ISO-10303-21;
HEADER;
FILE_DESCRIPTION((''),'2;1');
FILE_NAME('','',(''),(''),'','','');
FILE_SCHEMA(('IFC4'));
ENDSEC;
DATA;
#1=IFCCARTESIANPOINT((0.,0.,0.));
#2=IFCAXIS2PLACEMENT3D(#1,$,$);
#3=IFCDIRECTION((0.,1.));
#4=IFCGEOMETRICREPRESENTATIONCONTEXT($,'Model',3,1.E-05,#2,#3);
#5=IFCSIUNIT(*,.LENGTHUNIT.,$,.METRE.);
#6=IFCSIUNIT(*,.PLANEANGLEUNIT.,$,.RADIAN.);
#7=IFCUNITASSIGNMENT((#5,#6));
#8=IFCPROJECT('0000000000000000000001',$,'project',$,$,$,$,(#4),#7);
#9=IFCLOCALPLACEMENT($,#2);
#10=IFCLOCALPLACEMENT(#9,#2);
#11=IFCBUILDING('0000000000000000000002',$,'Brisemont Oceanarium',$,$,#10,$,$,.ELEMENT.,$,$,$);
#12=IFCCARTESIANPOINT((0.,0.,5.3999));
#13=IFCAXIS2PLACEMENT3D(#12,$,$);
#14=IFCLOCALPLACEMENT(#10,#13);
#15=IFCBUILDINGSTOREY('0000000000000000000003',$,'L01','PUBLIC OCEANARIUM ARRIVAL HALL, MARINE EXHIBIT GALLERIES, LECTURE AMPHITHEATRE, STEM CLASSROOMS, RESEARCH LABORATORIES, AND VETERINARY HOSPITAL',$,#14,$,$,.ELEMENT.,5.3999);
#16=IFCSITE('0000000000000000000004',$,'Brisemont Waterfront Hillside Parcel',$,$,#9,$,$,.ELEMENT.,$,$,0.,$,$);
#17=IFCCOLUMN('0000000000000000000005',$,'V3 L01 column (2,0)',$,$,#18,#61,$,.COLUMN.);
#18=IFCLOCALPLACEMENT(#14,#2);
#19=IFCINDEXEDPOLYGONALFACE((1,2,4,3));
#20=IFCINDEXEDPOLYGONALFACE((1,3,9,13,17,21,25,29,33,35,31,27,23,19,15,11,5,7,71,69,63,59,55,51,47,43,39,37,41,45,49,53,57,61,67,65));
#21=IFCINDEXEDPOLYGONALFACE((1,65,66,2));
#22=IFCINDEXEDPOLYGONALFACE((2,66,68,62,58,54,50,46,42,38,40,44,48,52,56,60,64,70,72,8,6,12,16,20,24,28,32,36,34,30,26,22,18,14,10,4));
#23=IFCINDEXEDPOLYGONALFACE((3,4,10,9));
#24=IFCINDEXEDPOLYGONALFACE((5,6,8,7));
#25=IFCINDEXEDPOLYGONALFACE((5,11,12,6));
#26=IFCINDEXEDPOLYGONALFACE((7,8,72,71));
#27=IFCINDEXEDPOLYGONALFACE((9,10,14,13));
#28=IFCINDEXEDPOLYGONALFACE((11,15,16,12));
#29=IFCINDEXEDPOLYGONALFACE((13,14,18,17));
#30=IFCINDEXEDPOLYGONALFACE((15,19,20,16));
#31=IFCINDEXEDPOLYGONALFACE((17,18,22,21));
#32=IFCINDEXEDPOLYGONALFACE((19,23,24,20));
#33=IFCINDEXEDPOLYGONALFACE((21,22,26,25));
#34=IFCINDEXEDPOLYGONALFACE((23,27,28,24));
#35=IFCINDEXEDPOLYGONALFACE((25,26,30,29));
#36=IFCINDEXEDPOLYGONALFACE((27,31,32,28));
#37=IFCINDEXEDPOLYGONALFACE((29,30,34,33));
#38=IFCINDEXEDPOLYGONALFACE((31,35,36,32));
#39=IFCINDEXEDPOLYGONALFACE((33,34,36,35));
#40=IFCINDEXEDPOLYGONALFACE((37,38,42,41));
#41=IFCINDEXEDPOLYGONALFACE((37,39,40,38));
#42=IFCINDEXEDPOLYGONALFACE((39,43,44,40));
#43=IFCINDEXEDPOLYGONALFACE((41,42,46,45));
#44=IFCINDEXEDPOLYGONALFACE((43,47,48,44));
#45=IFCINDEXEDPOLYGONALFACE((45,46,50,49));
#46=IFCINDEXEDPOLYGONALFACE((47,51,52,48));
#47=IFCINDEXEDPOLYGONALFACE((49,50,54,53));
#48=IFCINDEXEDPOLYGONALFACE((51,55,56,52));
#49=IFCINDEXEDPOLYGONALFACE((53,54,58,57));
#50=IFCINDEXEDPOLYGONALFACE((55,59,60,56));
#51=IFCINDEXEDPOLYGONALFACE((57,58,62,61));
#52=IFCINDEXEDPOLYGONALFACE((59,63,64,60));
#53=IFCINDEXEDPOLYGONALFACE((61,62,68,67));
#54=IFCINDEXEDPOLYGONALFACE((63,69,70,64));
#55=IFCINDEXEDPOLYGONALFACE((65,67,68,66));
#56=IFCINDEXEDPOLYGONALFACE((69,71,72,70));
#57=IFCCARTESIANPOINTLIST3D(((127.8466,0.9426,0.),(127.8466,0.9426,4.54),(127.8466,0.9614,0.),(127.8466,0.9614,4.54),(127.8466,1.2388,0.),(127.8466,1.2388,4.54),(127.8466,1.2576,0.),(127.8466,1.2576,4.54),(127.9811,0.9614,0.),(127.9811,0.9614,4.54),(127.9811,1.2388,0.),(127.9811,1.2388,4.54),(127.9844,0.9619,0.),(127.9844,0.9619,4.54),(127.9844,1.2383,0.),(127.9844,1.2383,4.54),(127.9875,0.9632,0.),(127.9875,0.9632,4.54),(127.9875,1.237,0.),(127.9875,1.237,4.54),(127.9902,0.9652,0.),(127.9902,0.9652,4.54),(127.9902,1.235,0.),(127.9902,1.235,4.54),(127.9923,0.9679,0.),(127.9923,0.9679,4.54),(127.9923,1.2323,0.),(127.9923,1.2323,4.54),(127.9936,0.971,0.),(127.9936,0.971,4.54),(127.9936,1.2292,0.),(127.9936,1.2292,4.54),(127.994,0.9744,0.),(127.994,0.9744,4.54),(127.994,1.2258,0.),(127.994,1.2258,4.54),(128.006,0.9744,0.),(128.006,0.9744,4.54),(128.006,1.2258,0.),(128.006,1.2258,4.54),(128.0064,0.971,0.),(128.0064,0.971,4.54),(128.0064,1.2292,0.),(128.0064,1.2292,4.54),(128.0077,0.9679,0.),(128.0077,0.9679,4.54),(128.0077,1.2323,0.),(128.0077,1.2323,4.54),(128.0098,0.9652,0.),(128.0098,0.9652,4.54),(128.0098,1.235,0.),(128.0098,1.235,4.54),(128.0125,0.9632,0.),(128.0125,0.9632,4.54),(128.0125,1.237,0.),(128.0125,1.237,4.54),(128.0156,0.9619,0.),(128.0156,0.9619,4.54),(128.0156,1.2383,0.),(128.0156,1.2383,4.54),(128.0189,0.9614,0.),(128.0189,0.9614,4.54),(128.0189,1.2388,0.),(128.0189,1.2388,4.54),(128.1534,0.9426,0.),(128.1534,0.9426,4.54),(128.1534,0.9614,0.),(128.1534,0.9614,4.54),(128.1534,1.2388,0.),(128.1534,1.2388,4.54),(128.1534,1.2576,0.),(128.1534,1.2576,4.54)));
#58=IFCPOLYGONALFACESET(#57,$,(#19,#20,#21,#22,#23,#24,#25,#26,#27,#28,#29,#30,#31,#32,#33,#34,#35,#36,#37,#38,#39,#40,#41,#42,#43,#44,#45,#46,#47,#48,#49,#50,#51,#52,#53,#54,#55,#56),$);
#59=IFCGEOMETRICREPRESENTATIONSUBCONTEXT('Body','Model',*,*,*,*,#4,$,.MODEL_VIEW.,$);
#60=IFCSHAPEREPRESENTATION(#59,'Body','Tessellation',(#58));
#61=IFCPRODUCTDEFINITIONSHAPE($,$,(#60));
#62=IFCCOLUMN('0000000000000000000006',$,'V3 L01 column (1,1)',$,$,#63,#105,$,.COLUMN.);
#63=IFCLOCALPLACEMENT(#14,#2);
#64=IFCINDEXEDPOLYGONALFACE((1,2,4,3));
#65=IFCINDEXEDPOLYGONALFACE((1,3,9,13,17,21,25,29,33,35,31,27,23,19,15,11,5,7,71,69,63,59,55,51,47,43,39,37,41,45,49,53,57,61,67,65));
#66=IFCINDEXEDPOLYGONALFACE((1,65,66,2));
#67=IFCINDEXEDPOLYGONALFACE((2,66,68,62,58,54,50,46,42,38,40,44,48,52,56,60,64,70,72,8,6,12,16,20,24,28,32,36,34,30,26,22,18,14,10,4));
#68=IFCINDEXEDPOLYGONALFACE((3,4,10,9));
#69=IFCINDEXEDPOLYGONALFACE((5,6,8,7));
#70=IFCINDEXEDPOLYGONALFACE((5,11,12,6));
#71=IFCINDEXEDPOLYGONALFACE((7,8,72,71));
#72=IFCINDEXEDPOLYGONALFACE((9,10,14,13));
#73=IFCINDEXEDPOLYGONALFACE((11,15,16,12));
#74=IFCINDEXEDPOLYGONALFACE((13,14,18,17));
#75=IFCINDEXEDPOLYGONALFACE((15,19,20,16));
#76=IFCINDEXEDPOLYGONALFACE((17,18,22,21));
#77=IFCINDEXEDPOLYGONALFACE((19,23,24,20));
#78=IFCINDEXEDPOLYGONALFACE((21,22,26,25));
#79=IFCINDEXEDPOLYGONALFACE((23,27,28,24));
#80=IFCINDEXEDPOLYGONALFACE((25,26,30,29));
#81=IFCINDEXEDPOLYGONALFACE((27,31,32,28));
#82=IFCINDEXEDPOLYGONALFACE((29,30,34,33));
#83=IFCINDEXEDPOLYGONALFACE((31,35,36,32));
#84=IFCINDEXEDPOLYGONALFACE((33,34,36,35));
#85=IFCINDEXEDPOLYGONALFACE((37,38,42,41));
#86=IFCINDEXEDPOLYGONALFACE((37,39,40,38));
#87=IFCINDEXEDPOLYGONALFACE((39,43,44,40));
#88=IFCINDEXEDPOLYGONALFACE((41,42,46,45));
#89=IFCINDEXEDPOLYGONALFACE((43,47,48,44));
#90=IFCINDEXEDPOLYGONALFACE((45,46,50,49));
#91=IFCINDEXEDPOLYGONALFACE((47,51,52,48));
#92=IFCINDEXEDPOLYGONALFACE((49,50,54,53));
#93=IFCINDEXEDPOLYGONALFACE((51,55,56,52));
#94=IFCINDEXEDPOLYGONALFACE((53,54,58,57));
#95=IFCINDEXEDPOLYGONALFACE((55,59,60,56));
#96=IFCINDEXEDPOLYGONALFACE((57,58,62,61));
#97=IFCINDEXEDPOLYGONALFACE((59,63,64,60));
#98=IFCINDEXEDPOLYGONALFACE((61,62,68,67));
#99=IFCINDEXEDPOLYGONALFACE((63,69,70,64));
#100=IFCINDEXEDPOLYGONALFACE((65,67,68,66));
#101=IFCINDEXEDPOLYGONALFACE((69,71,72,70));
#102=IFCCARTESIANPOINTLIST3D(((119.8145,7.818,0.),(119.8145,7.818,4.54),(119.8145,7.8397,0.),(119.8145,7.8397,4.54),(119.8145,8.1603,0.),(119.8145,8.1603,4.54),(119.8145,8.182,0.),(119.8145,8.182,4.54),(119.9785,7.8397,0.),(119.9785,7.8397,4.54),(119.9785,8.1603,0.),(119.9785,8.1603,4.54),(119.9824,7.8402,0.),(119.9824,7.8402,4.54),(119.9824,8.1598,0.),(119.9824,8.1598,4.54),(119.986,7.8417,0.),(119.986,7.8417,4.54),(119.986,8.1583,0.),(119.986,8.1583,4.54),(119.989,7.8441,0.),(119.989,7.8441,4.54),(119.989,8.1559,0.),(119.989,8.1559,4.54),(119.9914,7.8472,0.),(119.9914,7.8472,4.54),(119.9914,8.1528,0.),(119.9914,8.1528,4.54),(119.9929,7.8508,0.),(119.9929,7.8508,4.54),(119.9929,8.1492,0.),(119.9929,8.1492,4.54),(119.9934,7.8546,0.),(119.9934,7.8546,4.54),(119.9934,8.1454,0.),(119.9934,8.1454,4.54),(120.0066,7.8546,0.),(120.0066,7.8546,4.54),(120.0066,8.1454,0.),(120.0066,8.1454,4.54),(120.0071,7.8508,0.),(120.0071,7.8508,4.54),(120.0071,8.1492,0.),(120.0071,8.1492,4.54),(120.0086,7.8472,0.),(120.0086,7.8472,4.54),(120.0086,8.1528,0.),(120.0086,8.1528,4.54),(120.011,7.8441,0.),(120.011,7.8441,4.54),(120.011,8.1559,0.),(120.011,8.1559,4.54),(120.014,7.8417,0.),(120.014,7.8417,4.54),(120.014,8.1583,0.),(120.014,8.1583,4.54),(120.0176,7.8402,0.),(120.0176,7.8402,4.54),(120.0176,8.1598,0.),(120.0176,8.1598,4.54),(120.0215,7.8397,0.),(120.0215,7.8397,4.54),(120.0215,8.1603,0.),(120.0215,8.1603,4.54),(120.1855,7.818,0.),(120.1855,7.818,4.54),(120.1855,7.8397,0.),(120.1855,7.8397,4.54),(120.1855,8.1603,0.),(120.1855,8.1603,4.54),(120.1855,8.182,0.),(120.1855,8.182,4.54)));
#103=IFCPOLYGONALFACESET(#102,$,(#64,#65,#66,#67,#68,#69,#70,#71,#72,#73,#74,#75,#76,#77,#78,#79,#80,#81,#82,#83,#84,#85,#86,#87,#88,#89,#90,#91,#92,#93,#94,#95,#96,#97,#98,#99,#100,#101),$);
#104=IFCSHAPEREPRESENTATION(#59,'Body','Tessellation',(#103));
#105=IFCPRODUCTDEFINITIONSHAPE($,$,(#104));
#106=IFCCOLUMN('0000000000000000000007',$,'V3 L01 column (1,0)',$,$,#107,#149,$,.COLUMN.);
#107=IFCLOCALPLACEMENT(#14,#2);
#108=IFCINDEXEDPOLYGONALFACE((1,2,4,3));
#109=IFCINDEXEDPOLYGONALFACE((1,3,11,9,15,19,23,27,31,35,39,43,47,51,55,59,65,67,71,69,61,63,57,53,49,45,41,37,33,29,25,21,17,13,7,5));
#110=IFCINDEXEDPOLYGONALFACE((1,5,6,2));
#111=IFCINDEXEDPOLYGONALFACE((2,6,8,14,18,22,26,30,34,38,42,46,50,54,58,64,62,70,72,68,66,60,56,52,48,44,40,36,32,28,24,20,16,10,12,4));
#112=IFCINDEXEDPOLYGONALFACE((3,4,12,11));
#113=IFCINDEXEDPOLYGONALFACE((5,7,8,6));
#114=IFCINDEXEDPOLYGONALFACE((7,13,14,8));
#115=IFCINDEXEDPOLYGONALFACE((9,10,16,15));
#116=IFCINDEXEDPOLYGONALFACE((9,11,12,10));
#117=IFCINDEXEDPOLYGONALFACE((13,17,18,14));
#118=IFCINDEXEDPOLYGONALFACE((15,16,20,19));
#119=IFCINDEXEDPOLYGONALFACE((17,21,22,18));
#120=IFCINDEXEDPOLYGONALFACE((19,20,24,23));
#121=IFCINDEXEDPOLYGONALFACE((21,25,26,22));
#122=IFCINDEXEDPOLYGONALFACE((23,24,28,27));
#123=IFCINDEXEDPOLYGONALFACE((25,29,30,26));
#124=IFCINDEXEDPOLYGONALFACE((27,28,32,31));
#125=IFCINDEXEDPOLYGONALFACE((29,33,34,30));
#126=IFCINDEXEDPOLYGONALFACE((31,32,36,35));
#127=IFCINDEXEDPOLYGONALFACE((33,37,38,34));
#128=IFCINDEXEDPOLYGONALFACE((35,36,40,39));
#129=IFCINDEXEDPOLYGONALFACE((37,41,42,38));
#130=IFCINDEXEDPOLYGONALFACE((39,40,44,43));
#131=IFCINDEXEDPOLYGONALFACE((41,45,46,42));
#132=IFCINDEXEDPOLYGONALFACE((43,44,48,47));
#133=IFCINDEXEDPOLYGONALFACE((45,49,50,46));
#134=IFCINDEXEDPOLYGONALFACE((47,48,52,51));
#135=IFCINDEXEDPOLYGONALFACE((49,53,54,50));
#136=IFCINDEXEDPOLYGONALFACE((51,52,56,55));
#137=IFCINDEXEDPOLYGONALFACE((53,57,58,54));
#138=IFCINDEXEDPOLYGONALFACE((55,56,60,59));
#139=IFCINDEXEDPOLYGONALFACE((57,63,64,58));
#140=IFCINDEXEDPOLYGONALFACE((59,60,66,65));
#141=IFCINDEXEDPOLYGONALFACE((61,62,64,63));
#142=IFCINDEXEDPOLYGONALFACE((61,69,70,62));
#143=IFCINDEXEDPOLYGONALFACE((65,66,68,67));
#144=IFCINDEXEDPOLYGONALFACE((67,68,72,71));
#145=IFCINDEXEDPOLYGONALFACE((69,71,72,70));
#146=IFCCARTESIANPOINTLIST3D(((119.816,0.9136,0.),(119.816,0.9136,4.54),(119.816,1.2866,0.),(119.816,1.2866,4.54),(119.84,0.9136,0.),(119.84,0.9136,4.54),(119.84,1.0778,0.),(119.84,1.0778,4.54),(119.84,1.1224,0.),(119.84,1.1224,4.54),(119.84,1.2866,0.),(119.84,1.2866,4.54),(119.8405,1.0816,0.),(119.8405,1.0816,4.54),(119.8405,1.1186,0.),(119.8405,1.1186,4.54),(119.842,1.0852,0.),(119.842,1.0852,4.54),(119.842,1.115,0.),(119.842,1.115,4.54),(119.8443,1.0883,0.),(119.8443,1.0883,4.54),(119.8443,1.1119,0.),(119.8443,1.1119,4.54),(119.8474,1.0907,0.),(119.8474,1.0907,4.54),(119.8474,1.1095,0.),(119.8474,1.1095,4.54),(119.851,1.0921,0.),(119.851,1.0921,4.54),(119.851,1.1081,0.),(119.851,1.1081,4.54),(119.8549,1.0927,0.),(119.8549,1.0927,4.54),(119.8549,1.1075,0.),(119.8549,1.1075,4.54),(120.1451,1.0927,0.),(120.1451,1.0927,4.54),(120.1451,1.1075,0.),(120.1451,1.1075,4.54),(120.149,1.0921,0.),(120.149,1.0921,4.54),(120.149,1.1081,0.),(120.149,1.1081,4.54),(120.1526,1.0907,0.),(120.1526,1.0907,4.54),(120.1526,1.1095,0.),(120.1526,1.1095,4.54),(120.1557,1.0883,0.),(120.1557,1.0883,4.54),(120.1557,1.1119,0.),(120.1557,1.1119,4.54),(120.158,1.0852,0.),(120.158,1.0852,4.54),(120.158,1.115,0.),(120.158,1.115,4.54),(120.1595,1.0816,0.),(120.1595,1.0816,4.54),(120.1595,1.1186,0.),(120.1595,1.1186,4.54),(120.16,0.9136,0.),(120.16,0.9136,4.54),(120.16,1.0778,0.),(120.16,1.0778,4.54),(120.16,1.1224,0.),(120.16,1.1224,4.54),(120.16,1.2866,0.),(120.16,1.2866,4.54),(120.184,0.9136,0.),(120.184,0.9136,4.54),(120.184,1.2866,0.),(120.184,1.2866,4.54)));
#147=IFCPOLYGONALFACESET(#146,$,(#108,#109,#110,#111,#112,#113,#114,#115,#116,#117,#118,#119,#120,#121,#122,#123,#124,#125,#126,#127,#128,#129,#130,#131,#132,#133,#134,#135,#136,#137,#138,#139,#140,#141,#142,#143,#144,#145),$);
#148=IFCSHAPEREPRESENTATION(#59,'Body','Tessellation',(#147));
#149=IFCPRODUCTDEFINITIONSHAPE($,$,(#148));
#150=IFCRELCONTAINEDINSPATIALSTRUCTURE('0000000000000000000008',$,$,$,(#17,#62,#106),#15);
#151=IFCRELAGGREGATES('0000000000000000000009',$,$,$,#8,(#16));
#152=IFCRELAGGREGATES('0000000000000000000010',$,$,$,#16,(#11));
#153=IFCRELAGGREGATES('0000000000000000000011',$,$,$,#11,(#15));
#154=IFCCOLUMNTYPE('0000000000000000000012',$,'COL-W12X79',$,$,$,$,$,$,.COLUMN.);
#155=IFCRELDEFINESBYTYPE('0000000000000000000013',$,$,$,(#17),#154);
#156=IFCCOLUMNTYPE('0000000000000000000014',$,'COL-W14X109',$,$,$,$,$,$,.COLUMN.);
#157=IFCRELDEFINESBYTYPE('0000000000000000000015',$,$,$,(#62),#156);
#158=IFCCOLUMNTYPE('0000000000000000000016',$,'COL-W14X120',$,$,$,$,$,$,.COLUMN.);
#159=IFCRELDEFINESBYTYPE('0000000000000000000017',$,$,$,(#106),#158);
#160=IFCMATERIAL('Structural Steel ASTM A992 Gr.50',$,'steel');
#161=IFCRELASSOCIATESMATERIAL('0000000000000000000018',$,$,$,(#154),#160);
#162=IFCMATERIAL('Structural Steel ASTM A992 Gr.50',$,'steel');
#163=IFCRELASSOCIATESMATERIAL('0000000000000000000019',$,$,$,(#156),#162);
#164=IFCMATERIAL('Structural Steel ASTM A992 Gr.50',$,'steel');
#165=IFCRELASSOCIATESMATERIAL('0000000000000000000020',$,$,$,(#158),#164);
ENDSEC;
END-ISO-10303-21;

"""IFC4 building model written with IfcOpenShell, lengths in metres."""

from ifc_helpers import new_model, si_unit, direction, frame, origin, origin_2d, place, context, subcontext, project, spatial, i_section, extrude, material, material_profile, profile_set, type_object, element, save


model = new_model("IFC4")

# Units and contexts
model_context = context("Model", 3, precision=1e-05, world=origin(), true_north=direction((0.0, 1.0)))
body_context = subcontext(model_context, "Body", "Model", "MODEL_VIEW")
ifc_project = project(units=[si_unit("LENGTHUNIT", "METRE"), si_unit("PLANEANGLEUNIT", "RADIAN")], contexts=[model_context])

# Site, building, storey
site_placement = place(None, origin())
site = spatial("IfcSite", under=ifc_project, at=site_placement, Name="Brisemont Waterfront Hillside Parcel", CompositionType="ELEMENT", RefElevation=0.0)
building_placement = place(site_placement, origin())
building = spatial("IfcBuilding", under=site, at=building_placement, Name="Brisemont Oceanarium", CompositionType="ELEMENT")
storey_placement = place(building_placement, frame((0.0, 0.0, 5.3999)))
storey = spatial("IfcBuildingStorey", under=building, at=storey_placement, Name="L01", Description="PUBLIC OCEANARIUM ARRIVAL HALL, MARINE EXHIBIT GALLERIES, LECTURE AMPHITHEATRE, STEM CLASSROOMS, RESEARCH LABORATORIES, AND VETERINARY HOSPITAL", CompositionType="ELEMENT", Elevation=5.3999)

# Columns
ifc_material_1 = material(Name="Structural Steel ASTM A992 Gr.50", Category="steel")
ifc_material_profile_1 = material_profile(ifc_material_1, i_section(OverallWidth=0.3069, OverallDepth=0.3149, WebThickness=0.012, FlangeThickness=0.0188, FilletRadius=0.0129, at=origin_2d()), Name="W12X79")
ifc_profile_set_1 = profile_set([ifc_material_profile_1], Name="Structural Steel ASTM A992 Gr.50")
column_type_1 = type_object("IfcColumnType", Name="COL-W12X79", PredefinedType="COLUMN", material=ifc_profile_set_1)
column_1_placement = place(storey_placement, frame((128.0, 1.1001, 0.0), z_axis=(0.0, 0.0, 1.0), x_axis=(1.0, 0.0, 0.0)))
element("IfcColumn", 1, at=column_1_placement, inside=storey, type_object=column_type_1, Name="V3 L01 column (2,0)", PredefinedType="COLUMN", context=body_context, shape_type="SweptSolid", body=[
    extrude(i_section(OverallWidth=0.3069, OverallDepth=0.3149, WebThickness=0.012, FlangeThickness=0.0188, FilletRadius=0.0129, at=origin_2d()), origin(), (0.0, 0.0, 1.0), 4.54),
])
ifc_material_2 = material(Name="Structural Steel ASTM A992 Gr.50", Category="steel")
ifc_material_profile_2 = material_profile(ifc_material_2, i_section(OverallWidth=0.3711, OverallDepth=0.364, WebThickness=0.0132, FlangeThickness=0.0217, FilletRadius=0.0149, at=origin_2d()), Name="W14X109")
ifc_profile_set_2 = profile_set([ifc_material_profile_2], Name="Structural Steel ASTM A992 Gr.50")
column_type_2 = type_object("IfcColumnType", Name="COL-W14X109", PredefinedType="COLUMN", material=ifc_profile_set_2)
column_2_placement = place(storey_placement, frame((120.0, 8.0, 0.0), z_axis=(0.0, 0.0, 1.0), x_axis=(1.0, 0.0, 0.0)))
element("IfcColumn", 2, at=column_2_placement, inside=storey, type_object=column_type_2, Name="V3 L01 column (1,1)", PredefinedType="COLUMN", context=body_context, shape_type="SweptSolid", body=[
    extrude(i_section(OverallWidth=0.3711, OverallDepth=0.364, WebThickness=0.0132, FlangeThickness=0.0217, FilletRadius=0.0149, at=origin_2d()), origin(), (0.0, 0.0, 1.0), 4.54),
])
ifc_material_3 = material(Name="Structural Steel ASTM A992 Gr.50", Category="steel")
ifc_material_profile_3 = material_profile(ifc_material_3, i_section(OverallWidth=0.373, OverallDepth=0.3679, WebThickness=0.0149, FlangeThickness=0.0239, FilletRadius=0.0149, at=origin_2d()), Name="W14X120")
ifc_profile_set_3 = profile_set([ifc_material_profile_3], Name="Structural Steel ASTM A992 Gr.50")
column_type_3 = type_object("IfcColumnType", Name="COL-W14X120", PredefinedType="COLUMN", material=ifc_profile_set_3)
column_3_placement = place(storey_placement, frame((120.0, 1.1001, 0.0), z_axis=(0.0, 0.0, 1.0), x_axis=(0.0, 1.0, 0.0)))
element("IfcColumn", 3, at=column_3_placement, inside=storey, type_object=column_type_3, Name="V3 L01 column (1,0)", PredefinedType="COLUMN", context=body_context, shape_type="SweptSolid", body=[
    extrude(i_section(OverallWidth=0.373, OverallDepth=0.3679, WebThickness=0.0149, FlangeThickness=0.0239, FilletRadius=0.0149, at=origin_2d()), origin(), (0.0, 0.0, 1.0), 4.54),
])

save(model, "model.ifc")
